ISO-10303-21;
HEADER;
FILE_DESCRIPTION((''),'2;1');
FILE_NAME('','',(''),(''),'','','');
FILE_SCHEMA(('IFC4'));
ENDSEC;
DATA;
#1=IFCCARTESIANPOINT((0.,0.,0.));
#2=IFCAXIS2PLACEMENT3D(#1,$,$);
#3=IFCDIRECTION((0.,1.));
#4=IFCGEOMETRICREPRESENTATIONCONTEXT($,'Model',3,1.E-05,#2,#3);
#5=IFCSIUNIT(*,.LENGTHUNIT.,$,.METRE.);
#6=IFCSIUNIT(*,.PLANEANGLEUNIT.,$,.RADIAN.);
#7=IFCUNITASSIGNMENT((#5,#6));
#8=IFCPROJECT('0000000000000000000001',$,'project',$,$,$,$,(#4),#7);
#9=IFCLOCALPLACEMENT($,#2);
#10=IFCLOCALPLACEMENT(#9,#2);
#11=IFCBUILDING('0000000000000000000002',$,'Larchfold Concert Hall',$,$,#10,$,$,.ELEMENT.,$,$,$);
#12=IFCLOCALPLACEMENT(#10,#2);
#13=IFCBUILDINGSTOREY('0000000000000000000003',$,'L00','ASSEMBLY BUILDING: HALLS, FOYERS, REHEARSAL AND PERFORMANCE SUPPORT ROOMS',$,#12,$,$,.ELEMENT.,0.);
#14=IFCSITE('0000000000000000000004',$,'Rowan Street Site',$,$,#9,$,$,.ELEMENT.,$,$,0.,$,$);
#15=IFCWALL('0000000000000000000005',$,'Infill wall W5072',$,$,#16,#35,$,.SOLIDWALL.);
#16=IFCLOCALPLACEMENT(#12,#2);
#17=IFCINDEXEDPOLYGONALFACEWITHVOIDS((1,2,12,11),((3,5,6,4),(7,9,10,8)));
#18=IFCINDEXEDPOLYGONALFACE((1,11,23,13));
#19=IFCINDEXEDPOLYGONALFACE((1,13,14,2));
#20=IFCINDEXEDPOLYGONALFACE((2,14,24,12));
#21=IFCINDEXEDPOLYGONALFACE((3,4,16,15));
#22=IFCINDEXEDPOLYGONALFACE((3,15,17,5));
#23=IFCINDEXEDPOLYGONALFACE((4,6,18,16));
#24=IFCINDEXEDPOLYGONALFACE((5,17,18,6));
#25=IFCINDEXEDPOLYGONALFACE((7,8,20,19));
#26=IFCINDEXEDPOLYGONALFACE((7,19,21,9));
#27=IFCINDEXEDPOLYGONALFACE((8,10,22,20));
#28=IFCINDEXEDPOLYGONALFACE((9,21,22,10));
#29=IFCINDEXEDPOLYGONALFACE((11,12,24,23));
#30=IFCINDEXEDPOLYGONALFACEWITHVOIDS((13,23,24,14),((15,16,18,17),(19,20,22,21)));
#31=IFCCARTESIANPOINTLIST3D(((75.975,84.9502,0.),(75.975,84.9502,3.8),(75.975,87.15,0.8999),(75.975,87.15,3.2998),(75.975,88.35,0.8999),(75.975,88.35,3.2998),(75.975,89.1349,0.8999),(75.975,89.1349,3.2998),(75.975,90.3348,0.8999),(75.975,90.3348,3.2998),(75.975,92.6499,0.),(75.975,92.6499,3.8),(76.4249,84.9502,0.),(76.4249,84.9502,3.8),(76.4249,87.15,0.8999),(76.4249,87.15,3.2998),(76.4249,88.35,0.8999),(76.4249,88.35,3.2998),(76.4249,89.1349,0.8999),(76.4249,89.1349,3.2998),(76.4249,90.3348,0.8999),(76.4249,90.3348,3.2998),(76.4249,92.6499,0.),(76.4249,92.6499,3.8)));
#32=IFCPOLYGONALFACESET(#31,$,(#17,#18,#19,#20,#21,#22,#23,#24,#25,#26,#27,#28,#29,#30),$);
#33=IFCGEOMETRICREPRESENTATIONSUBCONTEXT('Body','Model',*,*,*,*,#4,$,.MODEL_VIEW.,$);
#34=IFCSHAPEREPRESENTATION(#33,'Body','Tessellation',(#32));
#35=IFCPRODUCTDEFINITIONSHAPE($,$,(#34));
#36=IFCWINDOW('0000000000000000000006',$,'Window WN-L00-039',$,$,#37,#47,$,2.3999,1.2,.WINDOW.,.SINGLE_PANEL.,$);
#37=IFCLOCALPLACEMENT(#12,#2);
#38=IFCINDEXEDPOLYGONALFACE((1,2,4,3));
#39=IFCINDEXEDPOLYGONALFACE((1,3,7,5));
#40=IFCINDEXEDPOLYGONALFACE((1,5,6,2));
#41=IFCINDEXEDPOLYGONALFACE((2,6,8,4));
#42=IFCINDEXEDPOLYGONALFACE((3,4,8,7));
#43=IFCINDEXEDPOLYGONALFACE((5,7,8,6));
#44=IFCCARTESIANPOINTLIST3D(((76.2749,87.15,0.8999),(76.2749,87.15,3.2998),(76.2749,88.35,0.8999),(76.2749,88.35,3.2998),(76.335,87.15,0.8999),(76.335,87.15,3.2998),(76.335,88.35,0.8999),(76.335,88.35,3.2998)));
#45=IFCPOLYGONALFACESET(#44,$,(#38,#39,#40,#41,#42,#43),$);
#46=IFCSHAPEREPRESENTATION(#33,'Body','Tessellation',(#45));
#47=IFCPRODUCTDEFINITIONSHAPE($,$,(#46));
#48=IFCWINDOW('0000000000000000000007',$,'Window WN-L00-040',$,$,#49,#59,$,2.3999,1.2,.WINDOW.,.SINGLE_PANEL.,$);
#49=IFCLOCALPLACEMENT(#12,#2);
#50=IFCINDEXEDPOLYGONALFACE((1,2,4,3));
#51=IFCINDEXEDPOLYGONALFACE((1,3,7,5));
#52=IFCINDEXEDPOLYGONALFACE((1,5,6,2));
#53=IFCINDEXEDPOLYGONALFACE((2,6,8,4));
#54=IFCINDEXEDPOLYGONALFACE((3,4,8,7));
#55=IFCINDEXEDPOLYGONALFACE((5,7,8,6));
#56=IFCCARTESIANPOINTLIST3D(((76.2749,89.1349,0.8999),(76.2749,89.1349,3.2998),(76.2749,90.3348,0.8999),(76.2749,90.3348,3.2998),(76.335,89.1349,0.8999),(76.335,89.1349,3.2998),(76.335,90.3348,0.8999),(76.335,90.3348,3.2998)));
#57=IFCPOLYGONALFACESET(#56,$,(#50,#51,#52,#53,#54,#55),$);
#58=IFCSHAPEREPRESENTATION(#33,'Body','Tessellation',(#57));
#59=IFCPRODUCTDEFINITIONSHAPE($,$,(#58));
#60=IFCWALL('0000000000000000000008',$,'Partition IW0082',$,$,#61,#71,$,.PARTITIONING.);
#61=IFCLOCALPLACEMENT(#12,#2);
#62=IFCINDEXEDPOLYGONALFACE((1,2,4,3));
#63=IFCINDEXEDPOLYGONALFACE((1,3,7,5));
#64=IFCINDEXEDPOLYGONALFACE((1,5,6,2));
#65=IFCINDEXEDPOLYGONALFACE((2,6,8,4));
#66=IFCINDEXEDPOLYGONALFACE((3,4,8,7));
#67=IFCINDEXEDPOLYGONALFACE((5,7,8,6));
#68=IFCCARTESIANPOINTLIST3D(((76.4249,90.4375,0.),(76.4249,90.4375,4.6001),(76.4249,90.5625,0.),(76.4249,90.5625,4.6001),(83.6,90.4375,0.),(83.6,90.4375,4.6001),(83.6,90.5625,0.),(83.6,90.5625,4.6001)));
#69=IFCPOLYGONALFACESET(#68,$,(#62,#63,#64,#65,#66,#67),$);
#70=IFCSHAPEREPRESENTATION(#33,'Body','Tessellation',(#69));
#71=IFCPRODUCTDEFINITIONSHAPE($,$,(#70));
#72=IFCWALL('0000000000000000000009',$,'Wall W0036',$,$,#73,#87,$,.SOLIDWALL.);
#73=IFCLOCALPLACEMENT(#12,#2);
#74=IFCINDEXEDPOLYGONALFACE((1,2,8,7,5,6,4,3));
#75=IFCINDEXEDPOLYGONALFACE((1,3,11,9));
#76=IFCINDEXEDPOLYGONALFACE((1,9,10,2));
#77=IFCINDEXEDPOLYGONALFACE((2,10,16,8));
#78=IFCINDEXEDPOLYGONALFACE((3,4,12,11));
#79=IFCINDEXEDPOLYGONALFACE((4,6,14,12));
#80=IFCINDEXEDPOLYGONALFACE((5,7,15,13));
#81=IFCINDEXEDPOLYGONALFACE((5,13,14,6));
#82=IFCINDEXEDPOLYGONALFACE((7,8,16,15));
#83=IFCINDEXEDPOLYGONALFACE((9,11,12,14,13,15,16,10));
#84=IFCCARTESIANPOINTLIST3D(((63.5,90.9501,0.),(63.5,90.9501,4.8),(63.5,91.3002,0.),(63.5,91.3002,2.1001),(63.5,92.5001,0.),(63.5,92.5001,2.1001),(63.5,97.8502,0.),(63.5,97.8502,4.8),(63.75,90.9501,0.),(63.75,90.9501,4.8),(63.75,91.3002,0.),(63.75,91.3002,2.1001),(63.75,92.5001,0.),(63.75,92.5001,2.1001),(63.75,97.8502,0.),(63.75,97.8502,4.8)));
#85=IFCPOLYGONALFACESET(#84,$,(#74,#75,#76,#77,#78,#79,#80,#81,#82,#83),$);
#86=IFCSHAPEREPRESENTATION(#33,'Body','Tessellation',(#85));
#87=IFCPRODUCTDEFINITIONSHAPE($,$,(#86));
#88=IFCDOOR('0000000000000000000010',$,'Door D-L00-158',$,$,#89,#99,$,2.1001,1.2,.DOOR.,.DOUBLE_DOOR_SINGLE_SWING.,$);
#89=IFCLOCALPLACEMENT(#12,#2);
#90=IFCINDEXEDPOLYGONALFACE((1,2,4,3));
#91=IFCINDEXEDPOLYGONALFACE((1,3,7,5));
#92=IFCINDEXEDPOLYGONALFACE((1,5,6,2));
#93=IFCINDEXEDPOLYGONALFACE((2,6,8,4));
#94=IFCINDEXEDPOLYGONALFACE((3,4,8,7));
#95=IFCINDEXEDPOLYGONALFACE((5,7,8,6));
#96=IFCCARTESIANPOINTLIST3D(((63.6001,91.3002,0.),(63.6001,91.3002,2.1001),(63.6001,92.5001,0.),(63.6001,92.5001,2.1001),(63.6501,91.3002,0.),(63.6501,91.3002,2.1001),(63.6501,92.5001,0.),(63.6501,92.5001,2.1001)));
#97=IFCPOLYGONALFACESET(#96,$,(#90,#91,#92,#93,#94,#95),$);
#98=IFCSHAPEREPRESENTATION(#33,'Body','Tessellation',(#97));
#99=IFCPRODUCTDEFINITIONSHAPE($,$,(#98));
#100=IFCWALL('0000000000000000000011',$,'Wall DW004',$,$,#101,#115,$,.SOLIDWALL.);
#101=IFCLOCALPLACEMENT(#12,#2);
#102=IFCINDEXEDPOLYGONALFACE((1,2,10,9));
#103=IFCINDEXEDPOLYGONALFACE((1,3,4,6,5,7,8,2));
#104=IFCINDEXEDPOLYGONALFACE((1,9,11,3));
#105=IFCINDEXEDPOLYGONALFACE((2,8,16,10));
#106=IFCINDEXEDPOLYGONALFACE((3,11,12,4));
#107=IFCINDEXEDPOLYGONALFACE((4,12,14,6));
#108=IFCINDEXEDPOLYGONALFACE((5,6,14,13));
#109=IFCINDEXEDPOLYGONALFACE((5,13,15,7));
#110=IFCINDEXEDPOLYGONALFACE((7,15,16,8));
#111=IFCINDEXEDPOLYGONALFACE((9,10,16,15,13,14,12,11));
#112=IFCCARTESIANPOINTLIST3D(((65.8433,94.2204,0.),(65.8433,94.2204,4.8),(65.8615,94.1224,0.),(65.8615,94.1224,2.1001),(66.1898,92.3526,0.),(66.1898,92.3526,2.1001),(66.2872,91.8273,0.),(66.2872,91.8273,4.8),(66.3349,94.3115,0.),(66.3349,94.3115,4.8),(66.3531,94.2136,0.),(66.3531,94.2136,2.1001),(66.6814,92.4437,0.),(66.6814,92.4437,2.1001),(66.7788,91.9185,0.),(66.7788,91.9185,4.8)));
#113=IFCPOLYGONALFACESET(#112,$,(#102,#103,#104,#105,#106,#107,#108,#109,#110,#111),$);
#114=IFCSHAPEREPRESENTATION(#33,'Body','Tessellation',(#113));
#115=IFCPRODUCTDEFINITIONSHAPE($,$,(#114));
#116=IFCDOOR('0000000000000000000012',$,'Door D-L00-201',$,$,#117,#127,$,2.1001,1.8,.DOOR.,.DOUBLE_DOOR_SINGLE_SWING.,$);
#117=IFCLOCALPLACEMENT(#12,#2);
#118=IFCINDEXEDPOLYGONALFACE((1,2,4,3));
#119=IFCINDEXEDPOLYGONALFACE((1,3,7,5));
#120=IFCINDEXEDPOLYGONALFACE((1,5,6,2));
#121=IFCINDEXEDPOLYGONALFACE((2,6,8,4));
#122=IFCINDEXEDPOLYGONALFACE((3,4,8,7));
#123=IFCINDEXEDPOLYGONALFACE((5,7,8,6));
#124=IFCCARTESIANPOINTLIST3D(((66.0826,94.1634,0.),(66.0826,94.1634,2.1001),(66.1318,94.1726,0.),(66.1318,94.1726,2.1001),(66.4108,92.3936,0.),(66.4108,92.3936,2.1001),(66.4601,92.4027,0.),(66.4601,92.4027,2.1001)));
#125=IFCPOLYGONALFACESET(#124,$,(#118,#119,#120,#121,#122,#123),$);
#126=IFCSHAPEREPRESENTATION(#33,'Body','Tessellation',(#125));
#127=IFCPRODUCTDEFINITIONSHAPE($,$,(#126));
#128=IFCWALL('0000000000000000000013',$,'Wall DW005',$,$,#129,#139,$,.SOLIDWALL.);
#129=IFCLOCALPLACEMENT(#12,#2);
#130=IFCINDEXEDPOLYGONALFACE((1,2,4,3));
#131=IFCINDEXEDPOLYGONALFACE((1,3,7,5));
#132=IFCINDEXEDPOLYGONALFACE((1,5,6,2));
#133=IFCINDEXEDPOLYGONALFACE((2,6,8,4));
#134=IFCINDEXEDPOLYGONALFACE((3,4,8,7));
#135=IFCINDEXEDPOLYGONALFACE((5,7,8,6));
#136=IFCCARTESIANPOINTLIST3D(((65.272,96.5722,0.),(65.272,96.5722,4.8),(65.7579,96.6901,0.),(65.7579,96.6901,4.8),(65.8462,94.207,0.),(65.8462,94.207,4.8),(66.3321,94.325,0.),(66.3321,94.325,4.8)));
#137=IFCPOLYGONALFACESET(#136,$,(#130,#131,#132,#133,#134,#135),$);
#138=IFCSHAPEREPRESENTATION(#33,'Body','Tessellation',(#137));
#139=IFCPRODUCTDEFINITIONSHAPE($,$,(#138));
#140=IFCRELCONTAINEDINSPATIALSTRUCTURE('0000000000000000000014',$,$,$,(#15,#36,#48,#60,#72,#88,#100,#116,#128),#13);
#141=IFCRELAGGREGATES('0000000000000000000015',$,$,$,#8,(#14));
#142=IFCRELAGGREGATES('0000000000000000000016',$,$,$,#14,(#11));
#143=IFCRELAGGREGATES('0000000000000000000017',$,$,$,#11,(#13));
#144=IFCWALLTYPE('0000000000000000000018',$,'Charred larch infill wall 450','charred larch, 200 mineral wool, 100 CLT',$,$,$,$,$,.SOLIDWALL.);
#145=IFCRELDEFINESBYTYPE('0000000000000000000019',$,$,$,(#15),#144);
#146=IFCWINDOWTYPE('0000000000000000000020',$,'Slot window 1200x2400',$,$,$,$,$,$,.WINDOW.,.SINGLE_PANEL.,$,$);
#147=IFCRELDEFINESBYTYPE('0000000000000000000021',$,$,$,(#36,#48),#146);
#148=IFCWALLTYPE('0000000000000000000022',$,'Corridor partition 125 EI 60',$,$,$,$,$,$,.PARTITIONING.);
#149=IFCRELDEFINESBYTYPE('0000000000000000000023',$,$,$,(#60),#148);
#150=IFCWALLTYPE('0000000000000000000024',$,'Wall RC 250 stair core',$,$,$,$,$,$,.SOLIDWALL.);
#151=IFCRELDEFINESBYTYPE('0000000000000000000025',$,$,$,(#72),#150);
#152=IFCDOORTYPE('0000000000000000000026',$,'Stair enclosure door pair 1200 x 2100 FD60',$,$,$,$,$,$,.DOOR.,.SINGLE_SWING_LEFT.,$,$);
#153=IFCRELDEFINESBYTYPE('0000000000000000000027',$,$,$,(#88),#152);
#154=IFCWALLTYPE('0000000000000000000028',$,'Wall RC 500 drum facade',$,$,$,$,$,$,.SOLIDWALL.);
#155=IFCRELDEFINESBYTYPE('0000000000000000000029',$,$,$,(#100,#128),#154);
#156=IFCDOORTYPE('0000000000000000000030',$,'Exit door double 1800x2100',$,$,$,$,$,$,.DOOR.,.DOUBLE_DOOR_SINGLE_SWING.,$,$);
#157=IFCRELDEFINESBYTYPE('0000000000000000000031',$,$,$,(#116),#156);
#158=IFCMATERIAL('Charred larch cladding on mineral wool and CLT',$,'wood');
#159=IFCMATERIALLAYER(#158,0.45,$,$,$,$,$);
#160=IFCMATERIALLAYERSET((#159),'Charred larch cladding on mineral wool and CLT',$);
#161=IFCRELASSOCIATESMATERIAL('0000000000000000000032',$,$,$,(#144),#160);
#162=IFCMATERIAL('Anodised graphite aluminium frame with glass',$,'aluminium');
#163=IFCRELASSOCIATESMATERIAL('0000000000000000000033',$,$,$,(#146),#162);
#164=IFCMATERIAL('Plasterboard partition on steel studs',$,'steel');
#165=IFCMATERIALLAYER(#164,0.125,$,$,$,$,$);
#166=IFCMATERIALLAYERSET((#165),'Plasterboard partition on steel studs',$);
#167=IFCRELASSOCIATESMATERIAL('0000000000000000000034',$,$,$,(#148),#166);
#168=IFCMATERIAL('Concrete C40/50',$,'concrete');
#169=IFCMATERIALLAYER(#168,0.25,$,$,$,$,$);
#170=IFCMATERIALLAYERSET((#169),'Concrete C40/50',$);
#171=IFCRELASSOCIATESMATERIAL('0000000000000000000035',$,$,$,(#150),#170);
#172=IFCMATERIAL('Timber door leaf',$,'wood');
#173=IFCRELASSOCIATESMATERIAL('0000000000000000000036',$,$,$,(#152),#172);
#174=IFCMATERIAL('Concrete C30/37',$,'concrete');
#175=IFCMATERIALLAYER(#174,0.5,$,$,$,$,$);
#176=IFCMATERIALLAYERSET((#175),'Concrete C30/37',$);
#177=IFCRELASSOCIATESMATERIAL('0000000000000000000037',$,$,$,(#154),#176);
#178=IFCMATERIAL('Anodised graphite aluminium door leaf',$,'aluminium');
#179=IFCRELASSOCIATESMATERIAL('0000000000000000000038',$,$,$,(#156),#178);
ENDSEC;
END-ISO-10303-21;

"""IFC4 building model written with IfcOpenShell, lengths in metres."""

from ifc_helpers import new_model, si_unit, direction, frame, frame_2d, origin, place, context, subcontext, project, spatial, rectangle, extrude, material, layer, layer_set, type_object, element, fill, save


model = new_model("IFC4")

# Units and contexts
model_context = context("Model", 3, precision=1e-05, world=origin(), true_north=direction((0.0, 1.0)))
body_context = subcontext(model_context, "Body", "Model", "MODEL_VIEW")
ifc_project = project(units=[si_unit("LENGTHUNIT", "METRE"), si_unit("PLANEANGLEUNIT", "RADIAN")], contexts=[model_context])

# Site, building, storey
site_placement = place(None, origin())
site = spatial("IfcSite", under=ifc_project, at=site_placement, Name="Rowan Street Site", CompositionType="ELEMENT", RefElevation=0.0)
building_placement = place(site_placement, origin())
building = spatial("IfcBuilding", under=site, at=building_placement, Name="Larchfold Concert Hall", CompositionType="ELEMENT")
storey_placement = place(building_placement, origin())
storey = spatial("IfcBuildingStorey", under=building, at=storey_placement, Name="L00", Description="ASSEMBLY BUILDING: HALLS, FOYERS, REHEARSAL AND PERFORMANCE SUPPORT ROOMS", CompositionType="ELEMENT", Elevation=0.0)

# Wall, openings, windows
ifc_material_1 = material(Name="Charred larch cladding on mineral wool and CLT", Category="wood")
ifc_layer_1 = layer(ifc_material_1, 0.45)
ifc_layer_set_1 = layer_set([ifc_layer_1], Name="Charred larch cladding on mineral wool and CLT")
wall_type_1 = type_object("IfcWallType", Name="Charred larch infill wall 450", Description="charred larch, 200 mineral wool, 100 CLT", PredefinedType="SOLIDWALL", material=ifc_layer_set_1)
wall_1_placement = place(storey_placement, frame((76.2, 92.6499, 0.0), z_axis=(0.0, 0.0, 1.0), x_axis=(0.0, -1.0, 0.0)))
wall_1 = element("IfcWall", 1, at=wall_1_placement, inside=storey, type_object=wall_type_1, Name="Infill wall W5072", PredefinedType="SOLIDWALL", context=body_context, shape_type="SweptSolid", body=[
    extrude(rectangle(XDim=7.6997, YDim=0.45, at=frame_2d((3.8499, 0.0))), origin(), (0.0, 0.0, 1.0), 3.8),
])
opening_1_placement = place(wall_1_placement, frame((4.2998, 0.0, 0.8999)))
opening_1 = element("IfcOpeningElement", 2, at=opening_1_placement, cuts=wall_1, PredefinedType="OPENING", context=body_context, shape_type="SweptSolid", body=[
    extrude(rectangle(XDim=1.2, YDim=2.3999, at=frame_2d((0.6001, 1.2))), frame((0.0, 0.2349, 0.0), z_axis=(0.0, -1.0, 0.0), x_axis=(1.0, 0.0, 0.0)), (0.0, 0.0, 1.0), 0.47),
])
opening_2_placement = place(wall_1_placement, frame((2.3149, 0.0, 0.8999)))
opening_2 = element("IfcOpeningElement", 3, at=opening_2_placement, cuts=wall_1, PredefinedType="OPENING", context=body_context, shape_type="SweptSolid", body=[
    extrude(rectangle(XDim=1.2, YDim=2.3999, at=frame_2d((0.6001, 1.2))), frame((0.0, 0.2349, 0.0), z_axis=(0.0, -1.0, 0.0), x_axis=(1.0, 0.0, 0.0)), (0.0, 0.0, 1.0), 0.47),
])
ifc_material_2 = material(Name="Anodised graphite aluminium frame with glass", Category="aluminium")
window_type = type_object("IfcWindowType", Name="Slot window 1200x2400", PartitioningType="SINGLE_PANEL", PredefinedType="WINDOW", material=ifc_material_2)
window_1_placement = place(opening_1_placement, origin())
window_1 = element("IfcWindow", 4, at=window_1_placement, inside=storey, type_object=window_type, Name="Window WN-L00-039", OverallHeight=2.3999, OverallWidth=1.2, PartitioningType="SINGLE_PANEL", PredefinedType="WINDOW", context=body_context, shape_type="SweptSolid", body=[
    extrude(rectangle(XDim=1.2, YDim=2.3999, at=frame_2d((0.6001, 1.2))), frame((0.0, 0.135, 0.0), z_axis=(0.0, -1.0, 0.0), x_axis=(1.0, 0.0, 0.0)), (0.0, 0.0, 1.0), 0.0601),
])
fill(opening_1, window_1)
window_2_placement = place(opening_2_placement, origin())
window_2 = element("IfcWindow", 5, at=window_2_placement, inside=storey, type_object=window_type, Name="Window WN-L00-040", OverallHeight=2.3999, OverallWidth=1.2, PartitioningType="SINGLE_PANEL", PredefinedType="WINDOW", context=body_context, shape_type="SweptSolid", body=[
    extrude(rectangle(XDim=1.2, YDim=2.3999, at=frame_2d((0.6001, 1.2))), frame((0.0, 0.135, 0.0), z_axis=(0.0, -1.0, 0.0), x_axis=(1.0, 0.0, 0.0)), (0.0, 0.0, 1.0), 0.0601),
])
fill(opening_2, window_2)

# Wall
ifc_material_3 = material(Name="Plasterboard partition on steel studs", Category="steel")
ifc_layer_2 = layer(ifc_material_3, 0.125)
ifc_layer_set_2 = layer_set([ifc_layer_2], Name="Plasterboard partition on steel studs")
wall_type_2 = type_object("IfcWallType", Name="Corridor partition 125 EI 60", PredefinedType="PARTITIONING", material=ifc_layer_set_2)
wall_2_placement = place(storey_placement, frame((76.425, 90.5, 0.0), z_axis=(0.0, 0.0, 1.0), x_axis=(1.0, 0.0, 0.0)))
element("IfcWall", 6, at=wall_2_placement, inside=storey, type_object=wall_type_2, Name="Partition IW0082", PredefinedType="PARTITIONING", context=body_context, shape_type="SweptSolid", body=[
    extrude(rectangle(XDim=7.175, YDim=0.125, at=frame_2d((3.5874, 0.0))), origin(), (0.0, 0.0, 1.0), 4.6001),
])

# Walls, openings, doors
ifc_material_4 = material(Name="Concrete C40/50", Category="concrete")
ifc_layer_3 = layer(ifc_material_4, 0.25)
ifc_layer_set_3 = layer_set([ifc_layer_3], Name="Concrete C40/50")
wall_type_3 = type_object("IfcWallType", Name="Wall RC 250 stair core", PredefinedType="SOLIDWALL", material=ifc_layer_set_3)
wall_3_placement = place(storey_placement, frame((63.625, 90.95, 0.0), z_axis=(0.0, 0.0, 1.0), x_axis=(0.0, 1.0, 0.0)))
wall_3 = element("IfcWall", 7, at=wall_3_placement, inside=storey, type_object=wall_type_3, Name="Wall W0036", PredefinedType="SOLIDWALL", context=body_context, shape_type="SweptSolid", body=[
    extrude(rectangle(XDim=6.9001, YDim=0.25, at=frame_2d((3.4502, 0.0))), origin(), (0.0, 0.0, 1.0), 4.8),
])
opening_3_placement = place(wall_3_placement, frame((0.3501, 0.0, 0.0)))
opening_3 = element("IfcOpeningElement", 8, at=opening_3_placement, cuts=wall_3, PredefinedType="OPENING", context=body_context, shape_type="SweptSolid", body=[
    extrude(rectangle(XDim=1.2, YDim=2.1001, at=frame_2d((0.6001, 1.05))), frame((0.0, 0.135, 0.0), z_axis=(0.0, -1.0, 0.0), x_axis=(1.0, 0.0, 0.0)), (0.0, 0.0, 1.0), 0.27),
])
ifc_material_5 = material(Name="Timber door leaf", Category="wood")
door_type_1 = type_object("IfcDoorType", Name="Stair enclosure door pair 1200 x 2100 FD60", OperationType="SINGLE_SWING_LEFT", PredefinedType="DOOR", material=ifc_material_5)
door_1_placement = place(opening_3_placement, origin())
door_1 = element("IfcDoor", 9, at=door_1_placement, inside=storey, type_object=door_type_1, Name="Door D-L00-158", OperationType="DOUBLE_DOOR_SINGLE_SWING", OverallHeight=2.1001, OverallWidth=1.2, PredefinedType="DOOR", context=body_context, shape_type="SweptSolid", body=[
    extrude(rectangle(XDim=1.2, YDim=2.1001, at=frame_2d((0.6001, 1.05))), frame((0.0, 0.0249, 0.0), z_axis=(0.0, -1.0, 0.0), x_axis=(1.0, 0.0, 0.0)), (0.0, 0.0, 1.0), 0.05),
])
fill(opening_3, door_1)
ifc_material_6 = material(Name="Concrete C30/37", Category="concrete")
ifc_layer_4 = layer(ifc_material_6, 0.5)
ifc_layer_set_4 = layer_set([ifc_layer_4], Name="Concrete C30/37")
wall_type_4 = type_object("IfcWallType", Name="Wall RC 500 drum facade", PredefinedType="SOLIDWALL", material=ifc_layer_set_4)
wall_4_placement = place(storey_placement, frame((66.533, 91.873, 0.0), z_axis=(0.0, 0.0, 1.0), x_axis=(-0.182362, 0.983231, 0.0)))
wall_4 = element("IfcWall", 10, at=wall_4_placement, inside=storey, type_object=wall_type_4, Name="Wall DW004", PredefinedType="SOLIDWALL", context=body_context, shape_type="SweptSolid", body=[
    extrude(rectangle(XDim=2.4338, YDim=0.5, at=frame_2d((1.2168, 0.0))), origin(), (0.0, 0.0, 1.0), 4.8),
])
opening_4_placement = place(wall_4_placement, frame((2.334, 0.0, 0.0), z_axis=(0.0, 0.0, 1.0), x_axis=(-1.0, 0.0, 0.0)))
opening_4 = element("IfcOpeningElement", 11, at=opening_4_placement, cuts=wall_4, PredefinedType="OPENING", context=body_context, shape_type="SweptSolid", body=[
    extrude(rectangle(XDim=1.8, YDim=2.1001, at=frame_2d((0.8999, 1.05))), frame((0.0, 0.26, 0.0), z_axis=(0.0, -1.0, 0.0), x_axis=(1.0, 0.0, 0.0)), (0.0, 0.0, 1.0), 0.52),
])
ifc_material_7 = material(Name="Anodised graphite aluminium door leaf", Category="aluminium")
door_type_2 = type_object("IfcDoorType", Name="Exit door double 1800x2100", OperationType="DOUBLE_DOOR_SINGLE_SWING", PredefinedType="DOOR", material=ifc_material_7)
door_2_placement = place(opening_4_placement, origin())
door_2 = element("IfcDoor", 12, at=door_2_placement, inside=storey, type_object=door_type_2, Name="Door D-L00-201", OperationType="DOUBLE_DOOR_SINGLE_SWING", OverallHeight=2.1001, OverallWidth=1.8, PredefinedType="DOOR", context=body_context, shape_type="SweptSolid", body=[
    extrude(rectangle(XDim=1.8, YDim=2.1001, at=frame_2d((0.8999, 1.05))), frame((0.0, 0.0249, 0.0), z_axis=(0.0, -1.0, 0.0), x_axis=(1.0, 0.0, 0.0)), (0.0, 0.0, 1.0), 0.05),
])
fill(opening_4, door_2)

# Wall
wall_5_placement = place(storey_placement, frame((66.0891, 94.2661, 0.0), z_axis=(0.0, 0.0, 1.0), x_axis=(-0.235922, 0.971772, 0.0)))
element("IfcWall", 13, at=wall_5_placement, inside=storey, type_object=wall_type_4, Name="Wall DW005", PredefinedType="SOLIDWALL", context=body_context, shape_type="SweptSolid", body=[
    extrude(rectangle(XDim=2.4338, YDim=0.5, at=frame_2d((1.2168, 0.0))), origin(), (0.0, 0.0, 1.0), 4.8),
])

save(model, "model.ifc")
